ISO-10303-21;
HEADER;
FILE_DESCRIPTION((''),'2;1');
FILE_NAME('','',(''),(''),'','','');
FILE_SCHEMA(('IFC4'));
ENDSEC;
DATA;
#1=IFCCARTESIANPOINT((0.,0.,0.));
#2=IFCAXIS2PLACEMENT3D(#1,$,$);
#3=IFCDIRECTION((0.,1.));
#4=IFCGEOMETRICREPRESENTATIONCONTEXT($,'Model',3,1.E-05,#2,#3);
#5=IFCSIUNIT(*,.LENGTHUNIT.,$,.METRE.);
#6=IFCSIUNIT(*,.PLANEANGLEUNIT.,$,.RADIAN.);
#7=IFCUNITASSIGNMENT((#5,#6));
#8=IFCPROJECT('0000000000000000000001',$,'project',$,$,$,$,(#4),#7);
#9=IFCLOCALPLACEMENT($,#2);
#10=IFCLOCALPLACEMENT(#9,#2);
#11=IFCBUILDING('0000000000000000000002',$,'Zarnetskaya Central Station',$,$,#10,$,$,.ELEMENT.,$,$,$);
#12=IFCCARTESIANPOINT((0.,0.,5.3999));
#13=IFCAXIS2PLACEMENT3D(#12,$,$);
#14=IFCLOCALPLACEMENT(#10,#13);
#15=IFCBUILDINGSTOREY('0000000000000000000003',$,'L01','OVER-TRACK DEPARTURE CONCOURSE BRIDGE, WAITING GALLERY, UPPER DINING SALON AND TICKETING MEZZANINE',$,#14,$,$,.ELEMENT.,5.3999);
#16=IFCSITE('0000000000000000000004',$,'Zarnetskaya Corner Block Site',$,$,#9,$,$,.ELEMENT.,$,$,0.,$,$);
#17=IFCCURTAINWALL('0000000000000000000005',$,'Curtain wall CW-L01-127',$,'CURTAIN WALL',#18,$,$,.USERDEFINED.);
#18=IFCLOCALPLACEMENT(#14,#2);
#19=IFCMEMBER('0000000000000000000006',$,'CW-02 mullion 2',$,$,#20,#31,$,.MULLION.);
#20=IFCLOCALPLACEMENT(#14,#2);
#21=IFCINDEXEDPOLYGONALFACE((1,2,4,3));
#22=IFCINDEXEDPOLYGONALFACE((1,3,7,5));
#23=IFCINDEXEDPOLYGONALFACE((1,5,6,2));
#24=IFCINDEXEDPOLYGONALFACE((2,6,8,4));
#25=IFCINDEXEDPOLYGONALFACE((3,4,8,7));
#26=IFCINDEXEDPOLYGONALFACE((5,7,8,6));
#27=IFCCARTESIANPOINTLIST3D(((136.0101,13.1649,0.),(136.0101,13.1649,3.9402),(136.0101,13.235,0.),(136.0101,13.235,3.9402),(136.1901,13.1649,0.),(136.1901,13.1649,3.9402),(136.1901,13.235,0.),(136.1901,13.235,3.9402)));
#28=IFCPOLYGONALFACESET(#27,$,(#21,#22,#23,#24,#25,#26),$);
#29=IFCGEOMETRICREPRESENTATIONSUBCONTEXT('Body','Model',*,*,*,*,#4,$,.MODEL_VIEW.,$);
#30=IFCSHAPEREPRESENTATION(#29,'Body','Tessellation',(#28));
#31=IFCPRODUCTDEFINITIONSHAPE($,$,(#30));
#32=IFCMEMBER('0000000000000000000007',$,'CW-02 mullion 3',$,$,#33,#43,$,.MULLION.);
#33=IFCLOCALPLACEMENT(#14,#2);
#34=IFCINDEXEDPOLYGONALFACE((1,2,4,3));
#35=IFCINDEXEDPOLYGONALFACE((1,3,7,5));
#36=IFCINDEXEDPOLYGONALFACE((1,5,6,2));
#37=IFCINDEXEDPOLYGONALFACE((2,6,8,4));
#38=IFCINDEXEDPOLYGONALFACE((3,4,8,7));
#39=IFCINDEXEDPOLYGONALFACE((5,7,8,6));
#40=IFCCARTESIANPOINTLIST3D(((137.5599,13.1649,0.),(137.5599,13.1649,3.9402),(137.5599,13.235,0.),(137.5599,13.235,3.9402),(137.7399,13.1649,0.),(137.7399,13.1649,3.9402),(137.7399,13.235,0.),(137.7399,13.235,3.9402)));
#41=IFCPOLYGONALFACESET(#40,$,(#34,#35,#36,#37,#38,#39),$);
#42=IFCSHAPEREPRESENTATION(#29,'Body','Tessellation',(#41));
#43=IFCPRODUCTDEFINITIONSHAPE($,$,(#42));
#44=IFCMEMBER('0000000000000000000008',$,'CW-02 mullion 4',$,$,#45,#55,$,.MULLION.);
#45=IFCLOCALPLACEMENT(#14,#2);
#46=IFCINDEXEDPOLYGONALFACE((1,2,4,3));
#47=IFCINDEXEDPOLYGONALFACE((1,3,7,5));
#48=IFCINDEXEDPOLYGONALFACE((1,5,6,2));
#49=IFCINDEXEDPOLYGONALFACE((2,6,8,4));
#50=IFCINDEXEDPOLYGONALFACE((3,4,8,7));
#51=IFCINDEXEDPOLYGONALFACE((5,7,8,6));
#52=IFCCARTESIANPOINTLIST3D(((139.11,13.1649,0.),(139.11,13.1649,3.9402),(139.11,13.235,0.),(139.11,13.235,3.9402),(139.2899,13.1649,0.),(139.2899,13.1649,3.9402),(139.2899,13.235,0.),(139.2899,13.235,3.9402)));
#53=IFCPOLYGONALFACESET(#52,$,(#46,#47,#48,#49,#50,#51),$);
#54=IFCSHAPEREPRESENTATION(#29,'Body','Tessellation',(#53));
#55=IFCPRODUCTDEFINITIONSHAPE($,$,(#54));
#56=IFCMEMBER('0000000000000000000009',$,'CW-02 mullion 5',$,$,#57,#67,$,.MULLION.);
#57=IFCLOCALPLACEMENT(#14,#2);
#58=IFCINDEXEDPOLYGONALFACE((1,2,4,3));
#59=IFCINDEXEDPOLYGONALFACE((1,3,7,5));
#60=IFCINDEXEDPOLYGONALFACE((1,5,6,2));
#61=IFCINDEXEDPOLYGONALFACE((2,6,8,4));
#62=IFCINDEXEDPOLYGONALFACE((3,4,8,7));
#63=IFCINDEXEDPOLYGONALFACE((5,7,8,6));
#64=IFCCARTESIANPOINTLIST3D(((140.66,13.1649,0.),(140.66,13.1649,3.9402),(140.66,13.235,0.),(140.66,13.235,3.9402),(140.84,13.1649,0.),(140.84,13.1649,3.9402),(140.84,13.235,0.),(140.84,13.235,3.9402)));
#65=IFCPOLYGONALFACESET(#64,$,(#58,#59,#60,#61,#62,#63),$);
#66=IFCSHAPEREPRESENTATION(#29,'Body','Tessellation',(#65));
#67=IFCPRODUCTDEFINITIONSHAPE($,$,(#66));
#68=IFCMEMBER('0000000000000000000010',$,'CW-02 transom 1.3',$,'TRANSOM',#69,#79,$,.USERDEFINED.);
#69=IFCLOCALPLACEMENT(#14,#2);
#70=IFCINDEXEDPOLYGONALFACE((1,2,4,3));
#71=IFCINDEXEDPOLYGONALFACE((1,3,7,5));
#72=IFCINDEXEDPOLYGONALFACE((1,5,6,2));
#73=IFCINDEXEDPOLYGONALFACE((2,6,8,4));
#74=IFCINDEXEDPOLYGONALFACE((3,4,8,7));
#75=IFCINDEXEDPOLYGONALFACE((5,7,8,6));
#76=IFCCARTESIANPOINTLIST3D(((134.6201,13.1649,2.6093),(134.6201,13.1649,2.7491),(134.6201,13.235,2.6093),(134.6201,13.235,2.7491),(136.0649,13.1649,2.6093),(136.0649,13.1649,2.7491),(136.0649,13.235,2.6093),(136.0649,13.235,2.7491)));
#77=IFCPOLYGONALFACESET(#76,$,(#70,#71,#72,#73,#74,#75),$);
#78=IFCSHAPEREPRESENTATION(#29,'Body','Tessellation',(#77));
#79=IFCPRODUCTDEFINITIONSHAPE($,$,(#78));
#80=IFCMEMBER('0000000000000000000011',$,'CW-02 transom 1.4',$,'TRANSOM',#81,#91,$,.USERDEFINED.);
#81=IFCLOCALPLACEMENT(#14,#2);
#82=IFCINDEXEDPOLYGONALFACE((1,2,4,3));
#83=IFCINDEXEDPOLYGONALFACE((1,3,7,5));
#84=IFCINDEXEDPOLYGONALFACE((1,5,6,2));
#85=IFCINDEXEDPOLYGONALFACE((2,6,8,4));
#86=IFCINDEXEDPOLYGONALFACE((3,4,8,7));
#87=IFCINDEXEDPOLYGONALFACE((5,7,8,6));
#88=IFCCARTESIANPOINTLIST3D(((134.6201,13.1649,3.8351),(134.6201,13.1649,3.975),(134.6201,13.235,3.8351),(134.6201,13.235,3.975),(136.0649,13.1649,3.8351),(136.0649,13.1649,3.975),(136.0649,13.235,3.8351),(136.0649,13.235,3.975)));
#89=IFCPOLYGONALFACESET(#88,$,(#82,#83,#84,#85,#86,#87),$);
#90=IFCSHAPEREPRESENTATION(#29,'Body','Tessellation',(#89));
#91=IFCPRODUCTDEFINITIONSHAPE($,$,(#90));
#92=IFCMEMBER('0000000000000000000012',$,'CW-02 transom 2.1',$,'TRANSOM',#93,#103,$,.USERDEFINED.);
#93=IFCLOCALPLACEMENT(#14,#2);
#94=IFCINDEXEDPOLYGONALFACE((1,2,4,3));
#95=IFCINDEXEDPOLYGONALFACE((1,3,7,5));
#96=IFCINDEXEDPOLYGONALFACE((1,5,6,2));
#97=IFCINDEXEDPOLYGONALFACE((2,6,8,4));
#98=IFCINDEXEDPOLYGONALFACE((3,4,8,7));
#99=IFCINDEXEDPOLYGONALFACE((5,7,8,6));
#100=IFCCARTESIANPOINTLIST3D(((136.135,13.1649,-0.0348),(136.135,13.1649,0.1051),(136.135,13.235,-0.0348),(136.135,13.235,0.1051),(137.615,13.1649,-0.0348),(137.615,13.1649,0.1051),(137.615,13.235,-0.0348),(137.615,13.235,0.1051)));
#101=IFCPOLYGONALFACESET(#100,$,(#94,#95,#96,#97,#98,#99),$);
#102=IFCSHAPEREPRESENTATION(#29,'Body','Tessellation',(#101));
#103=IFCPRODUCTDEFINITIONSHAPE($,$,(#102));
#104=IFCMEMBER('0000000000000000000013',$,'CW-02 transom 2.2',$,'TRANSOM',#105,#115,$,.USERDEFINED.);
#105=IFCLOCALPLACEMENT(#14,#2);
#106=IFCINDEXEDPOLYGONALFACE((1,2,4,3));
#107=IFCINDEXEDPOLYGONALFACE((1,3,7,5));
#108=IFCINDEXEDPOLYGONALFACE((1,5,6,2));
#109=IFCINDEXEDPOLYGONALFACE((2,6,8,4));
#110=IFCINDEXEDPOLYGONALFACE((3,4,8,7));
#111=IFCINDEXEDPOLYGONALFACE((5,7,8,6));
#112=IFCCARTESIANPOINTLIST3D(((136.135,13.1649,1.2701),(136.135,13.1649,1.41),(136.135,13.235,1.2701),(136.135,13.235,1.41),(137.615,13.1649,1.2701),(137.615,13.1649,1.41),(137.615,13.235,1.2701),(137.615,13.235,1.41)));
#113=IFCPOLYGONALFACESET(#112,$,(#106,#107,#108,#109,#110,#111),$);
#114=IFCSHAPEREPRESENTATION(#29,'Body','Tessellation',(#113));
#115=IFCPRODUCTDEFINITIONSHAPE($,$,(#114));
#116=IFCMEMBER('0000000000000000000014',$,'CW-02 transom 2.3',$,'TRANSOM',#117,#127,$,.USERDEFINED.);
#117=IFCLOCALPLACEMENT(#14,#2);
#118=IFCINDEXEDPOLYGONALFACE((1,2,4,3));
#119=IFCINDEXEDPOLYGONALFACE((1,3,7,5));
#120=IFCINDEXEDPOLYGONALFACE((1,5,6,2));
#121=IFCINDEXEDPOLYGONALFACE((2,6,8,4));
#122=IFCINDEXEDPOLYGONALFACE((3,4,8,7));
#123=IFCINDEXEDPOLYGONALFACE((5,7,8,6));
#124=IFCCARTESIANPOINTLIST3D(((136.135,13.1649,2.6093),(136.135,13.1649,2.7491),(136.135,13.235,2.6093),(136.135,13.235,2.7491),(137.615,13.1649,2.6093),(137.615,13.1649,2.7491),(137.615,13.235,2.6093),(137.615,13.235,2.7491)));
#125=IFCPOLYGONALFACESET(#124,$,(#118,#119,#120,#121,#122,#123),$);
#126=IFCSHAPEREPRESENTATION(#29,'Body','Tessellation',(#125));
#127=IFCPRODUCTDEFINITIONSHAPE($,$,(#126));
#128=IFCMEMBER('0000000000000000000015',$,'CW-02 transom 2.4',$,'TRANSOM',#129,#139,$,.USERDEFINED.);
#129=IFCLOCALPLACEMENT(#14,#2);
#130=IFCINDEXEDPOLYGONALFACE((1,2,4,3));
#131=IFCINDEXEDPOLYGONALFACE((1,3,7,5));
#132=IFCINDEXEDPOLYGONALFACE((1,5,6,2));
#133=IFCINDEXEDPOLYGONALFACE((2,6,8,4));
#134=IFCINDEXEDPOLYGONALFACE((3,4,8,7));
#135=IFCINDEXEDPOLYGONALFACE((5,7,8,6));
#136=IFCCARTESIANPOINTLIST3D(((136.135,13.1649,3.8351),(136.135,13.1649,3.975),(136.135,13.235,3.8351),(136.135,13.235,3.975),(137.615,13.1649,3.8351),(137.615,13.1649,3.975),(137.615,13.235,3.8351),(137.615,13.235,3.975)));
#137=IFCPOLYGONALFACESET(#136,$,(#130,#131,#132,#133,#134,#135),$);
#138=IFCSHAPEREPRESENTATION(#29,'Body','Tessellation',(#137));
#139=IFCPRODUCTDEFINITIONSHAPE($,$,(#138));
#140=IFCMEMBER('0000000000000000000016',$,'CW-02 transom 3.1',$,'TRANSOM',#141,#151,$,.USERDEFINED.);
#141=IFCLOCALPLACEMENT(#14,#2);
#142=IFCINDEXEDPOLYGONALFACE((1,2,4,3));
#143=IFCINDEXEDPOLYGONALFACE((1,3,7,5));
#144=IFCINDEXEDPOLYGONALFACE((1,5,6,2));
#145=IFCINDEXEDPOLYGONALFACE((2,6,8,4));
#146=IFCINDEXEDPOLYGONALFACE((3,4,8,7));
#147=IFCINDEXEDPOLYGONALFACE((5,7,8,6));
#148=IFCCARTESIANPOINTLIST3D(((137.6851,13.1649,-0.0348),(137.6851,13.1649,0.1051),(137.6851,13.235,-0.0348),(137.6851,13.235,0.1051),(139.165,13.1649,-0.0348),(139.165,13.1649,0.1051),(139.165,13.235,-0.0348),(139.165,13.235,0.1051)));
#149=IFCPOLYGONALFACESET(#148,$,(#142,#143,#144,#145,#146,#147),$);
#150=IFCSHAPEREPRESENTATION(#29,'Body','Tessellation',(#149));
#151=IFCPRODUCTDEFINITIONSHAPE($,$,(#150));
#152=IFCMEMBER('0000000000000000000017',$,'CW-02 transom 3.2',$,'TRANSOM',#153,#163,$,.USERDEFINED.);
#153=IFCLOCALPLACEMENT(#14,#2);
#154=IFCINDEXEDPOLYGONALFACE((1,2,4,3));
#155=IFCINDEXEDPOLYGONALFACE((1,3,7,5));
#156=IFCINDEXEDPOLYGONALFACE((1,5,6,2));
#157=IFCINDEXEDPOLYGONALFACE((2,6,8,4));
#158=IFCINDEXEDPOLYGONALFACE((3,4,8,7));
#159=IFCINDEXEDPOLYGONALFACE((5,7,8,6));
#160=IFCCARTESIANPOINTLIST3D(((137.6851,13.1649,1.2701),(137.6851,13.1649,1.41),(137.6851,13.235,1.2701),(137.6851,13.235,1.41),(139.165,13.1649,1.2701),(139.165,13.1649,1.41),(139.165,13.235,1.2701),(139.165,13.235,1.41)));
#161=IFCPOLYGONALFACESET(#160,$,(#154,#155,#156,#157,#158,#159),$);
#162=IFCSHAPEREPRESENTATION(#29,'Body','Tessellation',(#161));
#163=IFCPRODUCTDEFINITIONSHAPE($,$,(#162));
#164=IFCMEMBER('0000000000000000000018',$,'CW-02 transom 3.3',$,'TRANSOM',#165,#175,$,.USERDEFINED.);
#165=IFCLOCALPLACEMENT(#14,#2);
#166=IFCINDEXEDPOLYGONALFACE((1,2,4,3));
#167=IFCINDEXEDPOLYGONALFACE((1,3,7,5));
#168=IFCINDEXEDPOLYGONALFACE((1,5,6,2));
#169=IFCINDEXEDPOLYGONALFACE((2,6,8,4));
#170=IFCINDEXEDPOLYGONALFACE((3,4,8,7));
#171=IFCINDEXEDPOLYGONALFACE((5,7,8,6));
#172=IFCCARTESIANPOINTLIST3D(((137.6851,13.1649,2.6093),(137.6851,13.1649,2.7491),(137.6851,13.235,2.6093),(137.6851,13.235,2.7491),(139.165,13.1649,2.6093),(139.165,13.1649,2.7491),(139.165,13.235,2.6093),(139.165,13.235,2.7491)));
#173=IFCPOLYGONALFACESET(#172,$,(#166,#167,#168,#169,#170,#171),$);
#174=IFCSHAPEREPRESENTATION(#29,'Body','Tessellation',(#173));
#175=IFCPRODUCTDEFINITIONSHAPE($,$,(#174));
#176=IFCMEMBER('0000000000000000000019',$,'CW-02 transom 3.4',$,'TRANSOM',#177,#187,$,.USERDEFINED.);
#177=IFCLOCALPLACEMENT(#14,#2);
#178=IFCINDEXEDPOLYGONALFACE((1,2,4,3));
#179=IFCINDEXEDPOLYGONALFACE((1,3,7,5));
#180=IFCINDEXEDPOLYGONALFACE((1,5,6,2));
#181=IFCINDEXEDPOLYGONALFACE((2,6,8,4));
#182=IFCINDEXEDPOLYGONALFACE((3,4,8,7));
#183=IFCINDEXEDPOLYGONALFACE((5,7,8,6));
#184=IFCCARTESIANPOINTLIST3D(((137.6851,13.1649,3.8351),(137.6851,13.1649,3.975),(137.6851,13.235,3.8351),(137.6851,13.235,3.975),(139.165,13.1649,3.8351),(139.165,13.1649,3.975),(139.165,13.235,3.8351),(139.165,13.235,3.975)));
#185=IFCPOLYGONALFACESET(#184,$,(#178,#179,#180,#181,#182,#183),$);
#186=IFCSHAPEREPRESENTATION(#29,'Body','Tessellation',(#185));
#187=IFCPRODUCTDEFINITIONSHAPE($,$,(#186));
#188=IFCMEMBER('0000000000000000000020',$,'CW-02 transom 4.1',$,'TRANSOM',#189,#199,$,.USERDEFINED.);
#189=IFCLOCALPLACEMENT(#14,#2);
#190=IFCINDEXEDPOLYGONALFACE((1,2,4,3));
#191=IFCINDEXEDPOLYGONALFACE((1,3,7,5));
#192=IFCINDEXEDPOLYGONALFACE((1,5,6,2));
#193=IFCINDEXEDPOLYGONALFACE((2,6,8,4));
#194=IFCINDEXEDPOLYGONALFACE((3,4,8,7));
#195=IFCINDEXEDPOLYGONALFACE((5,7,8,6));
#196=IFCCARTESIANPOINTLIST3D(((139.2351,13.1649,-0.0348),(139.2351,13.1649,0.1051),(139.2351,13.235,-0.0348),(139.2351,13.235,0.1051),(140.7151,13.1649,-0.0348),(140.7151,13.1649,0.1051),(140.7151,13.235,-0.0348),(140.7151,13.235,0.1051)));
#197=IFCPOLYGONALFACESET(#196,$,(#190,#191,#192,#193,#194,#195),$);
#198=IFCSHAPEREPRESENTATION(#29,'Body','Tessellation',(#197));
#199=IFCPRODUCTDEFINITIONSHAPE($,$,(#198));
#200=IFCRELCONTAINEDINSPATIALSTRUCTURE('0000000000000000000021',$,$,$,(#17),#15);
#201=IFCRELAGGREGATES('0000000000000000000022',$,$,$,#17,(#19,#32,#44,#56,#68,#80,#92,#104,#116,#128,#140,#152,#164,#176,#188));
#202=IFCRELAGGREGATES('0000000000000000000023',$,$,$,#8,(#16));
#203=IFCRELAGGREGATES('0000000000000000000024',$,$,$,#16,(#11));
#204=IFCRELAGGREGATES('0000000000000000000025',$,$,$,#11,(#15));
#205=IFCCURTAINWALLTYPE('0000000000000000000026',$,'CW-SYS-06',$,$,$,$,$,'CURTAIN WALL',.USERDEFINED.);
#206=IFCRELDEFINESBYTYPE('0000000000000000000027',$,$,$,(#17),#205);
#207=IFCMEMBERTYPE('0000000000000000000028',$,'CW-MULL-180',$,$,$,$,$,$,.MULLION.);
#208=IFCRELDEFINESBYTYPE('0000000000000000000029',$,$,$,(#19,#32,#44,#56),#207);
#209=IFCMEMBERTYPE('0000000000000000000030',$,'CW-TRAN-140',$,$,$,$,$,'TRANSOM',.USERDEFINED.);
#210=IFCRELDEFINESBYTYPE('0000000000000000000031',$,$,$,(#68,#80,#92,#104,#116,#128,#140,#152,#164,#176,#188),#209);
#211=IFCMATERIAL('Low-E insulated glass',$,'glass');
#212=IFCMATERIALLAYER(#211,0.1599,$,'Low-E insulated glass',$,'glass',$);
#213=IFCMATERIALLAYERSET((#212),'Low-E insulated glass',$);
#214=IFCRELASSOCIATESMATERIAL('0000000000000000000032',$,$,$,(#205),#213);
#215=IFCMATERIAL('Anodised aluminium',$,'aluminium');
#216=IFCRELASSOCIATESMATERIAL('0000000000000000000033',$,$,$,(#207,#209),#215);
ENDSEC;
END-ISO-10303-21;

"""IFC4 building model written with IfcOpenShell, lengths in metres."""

from ifc_helpers import new_model, si_unit, direction, frame, origin, origin_2d, place, context, subcontext, project, spatial, rectangle, extrude, material, layer, layer_set, material_profile, profile_set, type_object, element, aggregate, save


model = new_model("IFC4")

# Units and contexts
model_context = context("Model", 3, precision=1e-05, world=origin(), true_north=direction((0.0, 1.0)))
body_context = subcontext(model_context, "Body", "Model", "MODEL_VIEW")
ifc_project = project(units=[si_unit("LENGTHUNIT", "METRE"), si_unit("PLANEANGLEUNIT", "RADIAN")], contexts=[model_context])

# Site, building, storey
site_placement = place(None, origin())
site = spatial("IfcSite", under=ifc_project, at=site_placement, Name="Zarnetskaya Corner Block Site", CompositionType="ELEMENT", RefElevation=0.0)
building_placement = place(site_placement, origin())
building = spatial("IfcBuilding", under=site, at=building_placement, Name="Zarnetskaya Central Station", CompositionType="ELEMENT")
storey_placement = place(building_placement, frame((0.0, 0.0, 5.3999)))
storey = spatial("IfcBuildingStorey", under=building, at=storey_placement, Name="L01", Description="OVER-TRACK DEPARTURE CONCOURSE BRIDGE, WAITING GALLERY, UPPER DINING SALON AND TICKETING MEZZANINE", CompositionType="ELEMENT", Elevation=5.3999)

# Curtain wall, members
ifc_material_1 = material(Name="Low-E insulated glass", Category="glass")
ifc_layer_1 = layer(ifc_material_1, 0.1599, Name="Low-E insulated glass", Category="glass")
ifc_layer_set_1 = layer_set([ifc_layer_1], Name="Low-E insulated glass")
curtain_wall_type = type_object("IfcCurtainWallType", Name="CW-SYS-06", ElementType="CURTAIN WALL", PredefinedType="USERDEFINED", material=ifc_layer_set_1)
curtain_wall_placement = place(storey_placement, origin())
curtain_wall = element("IfcCurtainWall", 1, at=curtain_wall_placement, inside=storey, type_object=curtain_wall_type, Name="Curtain wall CW-L01-127", ObjectType="CURTAIN WALL", PredefinedType="USERDEFINED")
ifc_material_2 = material(Name="Anodised aluminium", Category="aluminium")
ifc_material_profile_1 = material_profile(ifc_material_2, rectangle(XDim=0.0701, YDim=0.1799, at=origin_2d()), Name="ALU MULL 70x180")
ifc_profile_set_1 = profile_set([ifc_material_profile_1], Name="Anodised aluminium")
member_type_1 = type_object("IfcMemberType", Name="CW-MULL-180", PredefinedType="MULLION", material=ifc_profile_set_1)
member_1_placement = place(storey_placement, frame((136.1001, 13.2, 0.0), z_axis=(0.0, 0.0, 1.0), x_axis=(0.0, 1.0, 0.0)))
member_1 = element("IfcMember", 2, at=member_1_placement, type_object=member_type_1, Name="CW-02 mullion 2", PredefinedType="MULLION", context=body_context, shape_type="SweptSolid", body=[
    extrude(rectangle(XDim=0.0701, YDim=0.1799, at=origin_2d()), origin(), (0.0, 0.0, 1.0), 3.9402),
])
member_2_placement = place(storey_placement, frame((137.6499, 13.2, 0.0), z_axis=(0.0, 0.0, 1.0), x_axis=(0.0, 1.0, 0.0)))
member_2 = element("IfcMember", 3, at=member_2_placement, type_object=member_type_1, Name="CW-02 mullion 3", PredefinedType="MULLION", context=body_context, shape_type="SweptSolid", body=[
    extrude(rectangle(XDim=0.0701, YDim=0.1799, at=origin_2d()), origin(), (0.0, 0.0, 1.0), 3.9402),
])
member_3_placement = place(storey_placement, frame((139.2, 13.2, 0.0), z_axis=(0.0, 0.0, 1.0), x_axis=(0.0, 1.0, 0.0)))
member_3 = element("IfcMember", 4, at=member_3_placement, type_object=member_type_1, Name="CW-02 mullion 4", PredefinedType="MULLION", context=body_context, shape_type="SweptSolid", body=[
    extrude(rectangle(XDim=0.0701, YDim=0.1799, at=origin_2d()), origin(), (0.0, 0.0, 1.0), 3.9402),
])
member_4_placement = place(storey_placement, frame((140.75, 13.2, 0.0), z_axis=(0.0, 0.0, 1.0), x_axis=(0.0, 1.0, 0.0)))
member_4 = element("IfcMember", 5, at=member_4_placement, type_object=member_type_1, Name="CW-02 mullion 5", PredefinedType="MULLION", context=body_context, shape_type="SweptSolid", body=[
    extrude(rectangle(XDim=0.0701, YDim=0.1799, at=origin_2d()), origin(), (0.0, 0.0, 1.0), 3.9402),
])
ifc_material_profile_2 = material_profile(ifc_material_2, rectangle(XDim=0.0701, YDim=0.1399, at=origin_2d()), Name="ALU TRAN 70x140")
ifc_profile_set_2 = profile_set([ifc_material_profile_2], Name="Anodised aluminium")
member_type_2 = type_object("IfcMemberType", Name="CW-TRAN-140", ElementType="TRANSOM", PredefinedType="USERDEFINED", material=ifc_profile_set_2)
member_5_placement = place(storey_placement, frame((134.6201, 13.2, 2.6792), z_axis=(1.0, 0.0, 0.0), x_axis=(0.0, 1.0, 0.0)))
member_5 = element("IfcMember", 6, at=member_5_placement, type_object=member_type_2, Name="CW-02 transom 1.3", ObjectType="TRANSOM", PredefinedType="USERDEFINED", context=body_context, shape_type="SweptSolid", body=[
    extrude(rectangle(XDim=0.0701, YDim=0.1399, at=origin_2d()), origin(), (0.0, 0.0, 1.0), 1.4448),
])
member_6_placement = place(storey_placement, frame((134.6201, 13.2, 3.905), z_axis=(1.0, 0.0, 0.0), x_axis=(0.0, 1.0, 0.0)))
member_6 = element("IfcMember", 7, at=member_6_placement, type_object=member_type_2, Name="CW-02 transom 1.4", ObjectType="TRANSOM", PredefinedType="USERDEFINED", context=body_context, shape_type="SweptSolid", body=[
    extrude(rectangle(XDim=0.0701, YDim=0.1399, at=origin_2d()), origin(), (0.0, 0.0, 1.0), 1.4448),
])
member_7_placement = place(storey_placement, frame((136.135, 13.2, 0.0352), z_axis=(1.0, 0.0, 0.0), x_axis=(0.0, 1.0, 0.0)))
member_7 = element("IfcMember", 8, at=member_7_placement, type_object=member_type_2, Name="CW-02 transom 2.1", ObjectType="TRANSOM", PredefinedType="USERDEFINED", context=body_context, shape_type="SweptSolid", body=[
    extrude(rectangle(XDim=0.0701, YDim=0.1399, at=origin_2d()), origin(), (0.0, 0.0, 1.0), 1.48),
])
member_8_placement = place(storey_placement, frame((136.135, 13.2, 1.3401), z_axis=(1.0, 0.0, 0.0), x_axis=(0.0, 1.0, 0.0)))
member_8 = element("IfcMember", 9, at=member_8_placement, type_object=member_type_2, Name="CW-02 transom 2.2", ObjectType="TRANSOM", PredefinedType="USERDEFINED", context=body_context, shape_type="SweptSolid", body=[
    extrude(rectangle(XDim=0.0701, YDim=0.1399, at=origin_2d()), origin(), (0.0, 0.0, 1.0), 1.48),
])
member_9_placement = place(storey_placement, frame((136.135, 13.2, 2.6792), z_axis=(1.0, 0.0, 0.0), x_axis=(0.0, 1.0, 0.0)))
member_9 = element("IfcMember", 10, at=member_9_placement, type_object=member_type_2, Name="CW-02 transom 2.3", ObjectType="TRANSOM", PredefinedType="USERDEFINED", context=body_context, shape_type="SweptSolid", body=[
    extrude(rectangle(XDim=0.0701, YDim=0.1399, at=origin_2d()), origin(), (0.0, 0.0, 1.0), 1.48),
])
member_10_placement = place(storey_placement, frame((136.135, 13.2, 3.905), z_axis=(1.0, 0.0, 0.0), x_axis=(0.0, 1.0, 0.0)))
member_10 = element("IfcMember", 11, at=member_10_placement, type_object=member_type_2, Name="CW-02 transom 2.4", ObjectType="TRANSOM", PredefinedType="USERDEFINED", context=body_context, shape_type="SweptSolid", body=[
    extrude(rectangle(XDim=0.0701, YDim=0.1399, at=origin_2d()), origin(), (0.0, 0.0, 1.0), 1.48),
])
member_11_placement = place(storey_placement, frame((137.6851, 13.2, 0.0352), z_axis=(1.0, 0.0, 0.0), x_axis=(0.0, 1.0, 0.0)))
member_11 = element("IfcMember", 12, at=member_11_placement, type_object=member_type_2, Name="CW-02 transom 3.1", ObjectType="TRANSOM", PredefinedType="USERDEFINED", context=body_context, shape_type="SweptSolid", body=[
    extrude(rectangle(XDim=0.0701, YDim=0.1399, at=origin_2d()), origin(), (0.0, 0.0, 1.0), 1.48),
])
member_12_placement = place(storey_placement, frame((137.6851, 13.2, 1.3401), z_axis=(1.0, 0.0, 0.0), x_axis=(0.0, 1.0, 0.0)))
member_12 = element("IfcMember", 13, at=member_12_placement, type_object=member_type_2, Name="CW-02 transom 3.2", ObjectType="TRANSOM", PredefinedType="USERDEFINED", context=body_context, shape_type="SweptSolid", body=[
    extrude(rectangle(XDim=0.0701, YDim=0.1399, at=origin_2d()), origin(), (0.0, 0.0, 1.0), 1.48),
])
member_13_placement = place(storey_placement, frame((137.6851, 13.2, 2.6792), z_axis=(1.0, 0.0, 0.0), x_axis=(0.0, 1.0, 0.0)))
member_13 = element("IfcMember", 14, at=member_13_placement, type_object=member_type_2, Name="CW-02 transom 3.3", ObjectType="TRANSOM", PredefinedType="USERDEFINED", context=body_context, shape_type="SweptSolid", body=[
    extrude(rectangle(XDim=0.0701, YDim=0.1399, at=origin_2d()), origin(), (0.0, 0.0, 1.0), 1.48),
])
member_14_placement = place(storey_placement, frame((137.6851, 13.2, 3.905), z_axis=(1.0, 0.0, 0.0), x_axis=(0.0, 1.0, 0.0)))
member_14 = element("IfcMember", 15, at=member_14_placement, type_object=member_type_2, Name="CW-02 transom 3.4", ObjectType="TRANSOM", PredefinedType="USERDEFINED", context=body_context, shape_type="SweptSolid", body=[
    extrude(rectangle(XDim=0.0701, YDim=0.1399, at=origin_2d()), origin(), (0.0, 0.0, 1.0), 1.48),
])
member_15_placement = place(storey_placement, frame((139.2351, 13.2, 0.0352), z_axis=(1.0, 0.0, 0.0), x_axis=(0.0, 1.0, 0.0)))
member_15 = element("IfcMember", 16, at=member_15_placement, type_object=member_type_2, Name="CW-02 transom 4.1", ObjectType="TRANSOM", PredefinedType="USERDEFINED", context=body_context, shape_type="SweptSolid", body=[
    extrude(rectangle(XDim=0.0701, YDim=0.1399, at=origin_2d()), origin(), (0.0, 0.0, 1.0), 1.48),
])
aggregate(curtain_wall, [member_1, member_2, member_3, member_4, member_5, member_6, member_7, member_8, member_9, member_10, member_11, member_12, member_13, member_14, member_15])

save(model, "model.ifc")
